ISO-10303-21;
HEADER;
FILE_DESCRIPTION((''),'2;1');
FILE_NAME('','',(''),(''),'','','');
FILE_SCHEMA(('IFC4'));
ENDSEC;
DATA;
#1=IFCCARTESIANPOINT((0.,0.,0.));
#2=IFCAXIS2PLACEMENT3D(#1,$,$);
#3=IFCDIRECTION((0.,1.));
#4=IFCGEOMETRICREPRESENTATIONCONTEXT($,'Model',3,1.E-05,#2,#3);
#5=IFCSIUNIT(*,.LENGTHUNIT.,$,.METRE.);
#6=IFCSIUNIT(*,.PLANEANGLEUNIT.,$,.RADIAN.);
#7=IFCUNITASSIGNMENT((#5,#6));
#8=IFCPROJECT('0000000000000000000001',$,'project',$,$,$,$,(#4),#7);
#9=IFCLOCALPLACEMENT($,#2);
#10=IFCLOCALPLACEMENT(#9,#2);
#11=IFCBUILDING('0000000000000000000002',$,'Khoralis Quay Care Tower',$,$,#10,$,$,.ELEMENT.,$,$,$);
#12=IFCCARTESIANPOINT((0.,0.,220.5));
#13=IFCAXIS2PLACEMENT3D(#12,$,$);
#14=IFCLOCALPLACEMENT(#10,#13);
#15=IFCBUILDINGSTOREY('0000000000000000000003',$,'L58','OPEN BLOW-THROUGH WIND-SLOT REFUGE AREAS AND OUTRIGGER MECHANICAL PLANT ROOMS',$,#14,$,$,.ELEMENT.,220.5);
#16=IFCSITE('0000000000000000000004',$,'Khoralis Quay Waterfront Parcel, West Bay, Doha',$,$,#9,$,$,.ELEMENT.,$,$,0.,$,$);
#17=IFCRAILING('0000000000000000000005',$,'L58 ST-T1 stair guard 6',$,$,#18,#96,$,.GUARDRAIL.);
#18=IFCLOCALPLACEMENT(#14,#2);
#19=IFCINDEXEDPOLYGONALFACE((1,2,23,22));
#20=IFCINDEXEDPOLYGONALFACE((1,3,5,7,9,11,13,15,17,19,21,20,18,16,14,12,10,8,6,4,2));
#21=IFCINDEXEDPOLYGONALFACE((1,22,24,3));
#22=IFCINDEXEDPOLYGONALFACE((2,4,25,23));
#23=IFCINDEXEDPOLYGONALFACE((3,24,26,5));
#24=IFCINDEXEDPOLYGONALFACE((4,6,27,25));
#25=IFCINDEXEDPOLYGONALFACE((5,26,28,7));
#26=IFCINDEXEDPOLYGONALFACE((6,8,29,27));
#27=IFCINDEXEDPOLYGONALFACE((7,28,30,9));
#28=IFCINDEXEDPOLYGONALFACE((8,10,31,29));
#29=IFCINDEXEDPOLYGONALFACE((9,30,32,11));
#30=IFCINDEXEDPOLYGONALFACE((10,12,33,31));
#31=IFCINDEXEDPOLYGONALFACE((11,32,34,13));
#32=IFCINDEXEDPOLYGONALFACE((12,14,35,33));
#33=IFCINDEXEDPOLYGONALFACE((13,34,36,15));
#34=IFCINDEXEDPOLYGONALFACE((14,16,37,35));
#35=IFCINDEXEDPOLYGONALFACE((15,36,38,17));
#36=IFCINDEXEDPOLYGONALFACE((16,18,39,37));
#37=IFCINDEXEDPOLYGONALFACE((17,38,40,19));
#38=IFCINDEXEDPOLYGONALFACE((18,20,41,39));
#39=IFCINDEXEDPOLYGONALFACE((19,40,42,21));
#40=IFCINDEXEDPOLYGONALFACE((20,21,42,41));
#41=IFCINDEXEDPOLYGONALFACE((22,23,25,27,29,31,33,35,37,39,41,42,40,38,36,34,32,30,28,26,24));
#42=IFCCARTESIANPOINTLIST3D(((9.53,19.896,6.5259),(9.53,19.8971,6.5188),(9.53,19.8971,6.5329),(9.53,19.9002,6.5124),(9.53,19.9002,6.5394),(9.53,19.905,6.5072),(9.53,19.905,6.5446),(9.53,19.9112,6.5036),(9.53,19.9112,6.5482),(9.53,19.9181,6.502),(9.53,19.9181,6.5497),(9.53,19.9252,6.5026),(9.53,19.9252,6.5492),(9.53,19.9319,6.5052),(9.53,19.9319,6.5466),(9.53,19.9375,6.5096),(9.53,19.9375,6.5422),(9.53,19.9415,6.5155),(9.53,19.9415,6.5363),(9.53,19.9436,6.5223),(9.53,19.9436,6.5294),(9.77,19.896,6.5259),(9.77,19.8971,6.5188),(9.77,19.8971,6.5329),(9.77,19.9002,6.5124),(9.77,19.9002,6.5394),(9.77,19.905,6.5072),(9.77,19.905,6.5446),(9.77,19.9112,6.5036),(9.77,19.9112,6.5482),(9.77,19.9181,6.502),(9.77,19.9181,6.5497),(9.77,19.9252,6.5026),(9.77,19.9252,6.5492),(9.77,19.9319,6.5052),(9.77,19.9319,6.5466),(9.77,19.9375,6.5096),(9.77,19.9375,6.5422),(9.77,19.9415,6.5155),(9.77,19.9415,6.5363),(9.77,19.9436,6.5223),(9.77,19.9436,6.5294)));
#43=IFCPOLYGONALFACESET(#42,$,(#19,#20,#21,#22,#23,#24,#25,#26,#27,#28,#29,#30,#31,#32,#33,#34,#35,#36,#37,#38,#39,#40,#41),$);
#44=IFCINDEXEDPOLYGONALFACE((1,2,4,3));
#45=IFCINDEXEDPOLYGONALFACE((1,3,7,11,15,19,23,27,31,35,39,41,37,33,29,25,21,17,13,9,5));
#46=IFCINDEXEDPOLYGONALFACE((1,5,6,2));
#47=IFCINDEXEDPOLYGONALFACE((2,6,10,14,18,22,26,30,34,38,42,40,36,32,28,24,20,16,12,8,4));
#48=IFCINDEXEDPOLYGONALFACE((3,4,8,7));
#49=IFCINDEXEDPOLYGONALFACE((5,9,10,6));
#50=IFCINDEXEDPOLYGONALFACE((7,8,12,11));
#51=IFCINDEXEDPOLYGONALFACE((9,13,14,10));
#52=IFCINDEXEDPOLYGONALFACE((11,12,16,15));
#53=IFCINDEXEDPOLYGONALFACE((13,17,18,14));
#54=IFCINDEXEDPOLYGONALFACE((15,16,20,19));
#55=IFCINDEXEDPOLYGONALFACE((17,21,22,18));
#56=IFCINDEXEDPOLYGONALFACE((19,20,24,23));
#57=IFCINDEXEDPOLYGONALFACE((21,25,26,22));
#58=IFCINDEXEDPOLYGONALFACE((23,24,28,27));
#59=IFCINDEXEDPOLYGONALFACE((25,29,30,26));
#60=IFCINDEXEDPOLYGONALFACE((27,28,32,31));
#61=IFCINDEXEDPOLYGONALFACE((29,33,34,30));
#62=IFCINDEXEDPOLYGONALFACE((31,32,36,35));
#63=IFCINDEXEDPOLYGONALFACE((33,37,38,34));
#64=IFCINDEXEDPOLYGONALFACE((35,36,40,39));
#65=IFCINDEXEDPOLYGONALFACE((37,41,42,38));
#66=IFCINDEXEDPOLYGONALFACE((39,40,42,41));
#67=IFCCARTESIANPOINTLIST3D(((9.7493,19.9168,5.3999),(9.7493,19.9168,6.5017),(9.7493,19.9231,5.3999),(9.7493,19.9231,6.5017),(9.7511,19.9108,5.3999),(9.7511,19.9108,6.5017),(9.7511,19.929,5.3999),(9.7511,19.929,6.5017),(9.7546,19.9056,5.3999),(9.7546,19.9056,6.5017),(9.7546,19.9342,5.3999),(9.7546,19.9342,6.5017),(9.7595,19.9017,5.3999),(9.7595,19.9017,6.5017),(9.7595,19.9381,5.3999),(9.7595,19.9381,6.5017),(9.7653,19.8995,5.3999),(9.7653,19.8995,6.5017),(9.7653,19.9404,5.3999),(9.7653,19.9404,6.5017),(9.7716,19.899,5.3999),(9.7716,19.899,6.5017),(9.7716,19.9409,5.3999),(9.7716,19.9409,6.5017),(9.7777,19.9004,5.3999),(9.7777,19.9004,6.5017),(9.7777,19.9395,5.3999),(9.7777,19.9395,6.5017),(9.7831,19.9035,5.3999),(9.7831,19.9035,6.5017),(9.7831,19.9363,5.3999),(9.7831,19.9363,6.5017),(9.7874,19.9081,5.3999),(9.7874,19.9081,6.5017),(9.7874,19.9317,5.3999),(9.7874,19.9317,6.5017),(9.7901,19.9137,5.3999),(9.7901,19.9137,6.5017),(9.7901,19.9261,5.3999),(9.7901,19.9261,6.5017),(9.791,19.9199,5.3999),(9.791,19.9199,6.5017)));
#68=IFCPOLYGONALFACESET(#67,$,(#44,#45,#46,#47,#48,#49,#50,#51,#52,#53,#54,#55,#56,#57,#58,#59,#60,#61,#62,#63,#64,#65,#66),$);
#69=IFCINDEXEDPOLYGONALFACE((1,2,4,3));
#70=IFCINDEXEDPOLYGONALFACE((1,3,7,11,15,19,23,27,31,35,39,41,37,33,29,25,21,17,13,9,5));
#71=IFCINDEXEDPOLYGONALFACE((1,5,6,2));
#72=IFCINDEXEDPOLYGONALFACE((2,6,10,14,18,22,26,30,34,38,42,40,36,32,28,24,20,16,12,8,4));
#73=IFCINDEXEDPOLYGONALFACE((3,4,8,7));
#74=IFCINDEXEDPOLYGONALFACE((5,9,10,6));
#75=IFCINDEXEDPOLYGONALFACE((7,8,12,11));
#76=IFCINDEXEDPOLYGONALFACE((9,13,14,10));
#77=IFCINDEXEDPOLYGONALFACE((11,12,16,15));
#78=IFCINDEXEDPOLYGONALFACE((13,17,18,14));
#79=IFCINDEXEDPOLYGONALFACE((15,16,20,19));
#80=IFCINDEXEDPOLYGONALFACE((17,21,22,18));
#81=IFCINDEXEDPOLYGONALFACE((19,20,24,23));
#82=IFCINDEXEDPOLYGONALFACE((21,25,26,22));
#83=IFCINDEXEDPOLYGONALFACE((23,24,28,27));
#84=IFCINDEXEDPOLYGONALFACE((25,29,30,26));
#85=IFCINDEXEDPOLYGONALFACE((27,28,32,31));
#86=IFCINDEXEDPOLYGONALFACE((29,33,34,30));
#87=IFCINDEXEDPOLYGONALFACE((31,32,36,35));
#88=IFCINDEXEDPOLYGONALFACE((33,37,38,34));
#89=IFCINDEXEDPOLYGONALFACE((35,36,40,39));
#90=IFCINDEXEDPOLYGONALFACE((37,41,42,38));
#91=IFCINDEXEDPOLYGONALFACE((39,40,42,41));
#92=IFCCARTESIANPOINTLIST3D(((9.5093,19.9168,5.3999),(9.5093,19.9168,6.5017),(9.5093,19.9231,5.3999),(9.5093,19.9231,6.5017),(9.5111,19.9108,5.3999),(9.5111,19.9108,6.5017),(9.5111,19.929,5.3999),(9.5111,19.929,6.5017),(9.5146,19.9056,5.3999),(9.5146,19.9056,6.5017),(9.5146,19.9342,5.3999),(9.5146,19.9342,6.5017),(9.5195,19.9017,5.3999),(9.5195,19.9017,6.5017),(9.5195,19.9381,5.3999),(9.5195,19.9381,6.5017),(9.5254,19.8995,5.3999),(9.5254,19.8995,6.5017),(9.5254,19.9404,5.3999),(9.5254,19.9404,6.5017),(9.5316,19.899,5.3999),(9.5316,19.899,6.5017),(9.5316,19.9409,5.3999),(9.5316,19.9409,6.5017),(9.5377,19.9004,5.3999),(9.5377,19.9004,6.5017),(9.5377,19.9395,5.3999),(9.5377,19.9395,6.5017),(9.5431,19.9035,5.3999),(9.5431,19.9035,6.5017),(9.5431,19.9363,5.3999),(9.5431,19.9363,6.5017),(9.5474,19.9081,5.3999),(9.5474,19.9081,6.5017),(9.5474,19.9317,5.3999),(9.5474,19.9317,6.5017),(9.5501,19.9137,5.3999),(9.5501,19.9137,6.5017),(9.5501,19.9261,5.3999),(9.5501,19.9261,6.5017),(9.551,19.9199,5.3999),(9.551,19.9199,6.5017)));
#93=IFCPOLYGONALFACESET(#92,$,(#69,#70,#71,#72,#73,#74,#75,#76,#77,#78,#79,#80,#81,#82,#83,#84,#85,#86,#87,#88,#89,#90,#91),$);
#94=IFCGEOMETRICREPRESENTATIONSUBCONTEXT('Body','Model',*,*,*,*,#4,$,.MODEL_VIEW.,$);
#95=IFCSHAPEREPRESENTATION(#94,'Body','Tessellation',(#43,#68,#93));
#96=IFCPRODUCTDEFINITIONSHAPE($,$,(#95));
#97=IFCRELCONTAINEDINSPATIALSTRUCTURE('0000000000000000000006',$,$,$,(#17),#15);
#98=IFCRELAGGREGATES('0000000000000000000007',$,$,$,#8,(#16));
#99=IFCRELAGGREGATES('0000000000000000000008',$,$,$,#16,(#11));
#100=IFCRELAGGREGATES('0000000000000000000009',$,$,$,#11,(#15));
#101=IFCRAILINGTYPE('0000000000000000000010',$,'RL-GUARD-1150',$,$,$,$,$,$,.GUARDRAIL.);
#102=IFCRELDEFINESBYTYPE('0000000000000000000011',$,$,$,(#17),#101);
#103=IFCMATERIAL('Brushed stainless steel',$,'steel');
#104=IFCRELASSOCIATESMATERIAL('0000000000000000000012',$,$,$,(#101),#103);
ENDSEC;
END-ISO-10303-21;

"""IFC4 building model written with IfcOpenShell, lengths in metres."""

from ifc_helpers import new_model, si_unit, direction, frame, origin, origin_2d, place, context, subcontext, project, spatial, circle, extrude, material, type_object, element, save


model = new_model("IFC4")

# Units and contexts
model_context = context("Model", 3, precision=1e-05, world=origin(), true_north=direction((0.0, 1.0)))
body_context = subcontext(model_context, "Body", "Model", "MODEL_VIEW")
ifc_project = project(units=[si_unit("LENGTHUNIT", "METRE"), si_unit("PLANEANGLEUNIT", "RADIAN")], contexts=[model_context])

# Site, building, storey
site_placement = place(None, origin())
site = spatial("IfcSite", under=ifc_project, at=site_placement, Name="Khoralis Quay Waterfront Parcel, West Bay, Doha", CompositionType="ELEMENT", RefElevation=0.0)
building_placement = place(site_placement, origin())
building = spatial("IfcBuilding", under=site, at=building_placement, Name="Khoralis Quay Care Tower", CompositionType="ELEMENT")
storey_placement = place(building_placement, frame((0.0, 0.0, 220.5)))
storey = spatial("IfcBuildingStorey", under=building, at=storey_placement, Name="L58", Description="OPEN BLOW-THROUGH WIND-SLOT REFUGE AREAS AND OUTRIGGER MECHANICAL PLANT ROOMS", CompositionType="ELEMENT", Elevation=220.5)

# Railing
ifc_material_1 = material(Name="Brushed stainless steel", Category="steel")
railing_type_1 = type_object("IfcRailingType", Name="RL-GUARD-1150", PredefinedType="GUARDRAIL", material=ifc_material_1)
railing_1_placement = place(storey_placement, frame((9.77, 19.9199, 5.3999)))
element("IfcRailing", 1, at=railing_1_placement, inside=storey, type_object=railing_type_1, Name="L58 ST-T1 stair guard 6", PredefinedType="GUARDRAIL", context=body_context, shape_type="SweptSolid", body=[
    extrude(circle(Radius=0.0239, at=origin_2d()), frame((0.0, 0.0, 1.126), z_axis=(-1.0, 0.0, 0.0), x_axis=(0.0, -1.0, 0.0)), (0.0, 0.0, 1.0), 0.24),
    extrude(circle(Radius=0.021, at=origin_2d()), origin(), (0.0, 0.0, 1.0), 1.1018),
    extrude(circle(Radius=0.021, at=origin_2d()), frame((-0.24, 0.0, 0.0)), (0.0, 0.0, 1.0), 1.1018),
])

save(model, "model.ifc")
